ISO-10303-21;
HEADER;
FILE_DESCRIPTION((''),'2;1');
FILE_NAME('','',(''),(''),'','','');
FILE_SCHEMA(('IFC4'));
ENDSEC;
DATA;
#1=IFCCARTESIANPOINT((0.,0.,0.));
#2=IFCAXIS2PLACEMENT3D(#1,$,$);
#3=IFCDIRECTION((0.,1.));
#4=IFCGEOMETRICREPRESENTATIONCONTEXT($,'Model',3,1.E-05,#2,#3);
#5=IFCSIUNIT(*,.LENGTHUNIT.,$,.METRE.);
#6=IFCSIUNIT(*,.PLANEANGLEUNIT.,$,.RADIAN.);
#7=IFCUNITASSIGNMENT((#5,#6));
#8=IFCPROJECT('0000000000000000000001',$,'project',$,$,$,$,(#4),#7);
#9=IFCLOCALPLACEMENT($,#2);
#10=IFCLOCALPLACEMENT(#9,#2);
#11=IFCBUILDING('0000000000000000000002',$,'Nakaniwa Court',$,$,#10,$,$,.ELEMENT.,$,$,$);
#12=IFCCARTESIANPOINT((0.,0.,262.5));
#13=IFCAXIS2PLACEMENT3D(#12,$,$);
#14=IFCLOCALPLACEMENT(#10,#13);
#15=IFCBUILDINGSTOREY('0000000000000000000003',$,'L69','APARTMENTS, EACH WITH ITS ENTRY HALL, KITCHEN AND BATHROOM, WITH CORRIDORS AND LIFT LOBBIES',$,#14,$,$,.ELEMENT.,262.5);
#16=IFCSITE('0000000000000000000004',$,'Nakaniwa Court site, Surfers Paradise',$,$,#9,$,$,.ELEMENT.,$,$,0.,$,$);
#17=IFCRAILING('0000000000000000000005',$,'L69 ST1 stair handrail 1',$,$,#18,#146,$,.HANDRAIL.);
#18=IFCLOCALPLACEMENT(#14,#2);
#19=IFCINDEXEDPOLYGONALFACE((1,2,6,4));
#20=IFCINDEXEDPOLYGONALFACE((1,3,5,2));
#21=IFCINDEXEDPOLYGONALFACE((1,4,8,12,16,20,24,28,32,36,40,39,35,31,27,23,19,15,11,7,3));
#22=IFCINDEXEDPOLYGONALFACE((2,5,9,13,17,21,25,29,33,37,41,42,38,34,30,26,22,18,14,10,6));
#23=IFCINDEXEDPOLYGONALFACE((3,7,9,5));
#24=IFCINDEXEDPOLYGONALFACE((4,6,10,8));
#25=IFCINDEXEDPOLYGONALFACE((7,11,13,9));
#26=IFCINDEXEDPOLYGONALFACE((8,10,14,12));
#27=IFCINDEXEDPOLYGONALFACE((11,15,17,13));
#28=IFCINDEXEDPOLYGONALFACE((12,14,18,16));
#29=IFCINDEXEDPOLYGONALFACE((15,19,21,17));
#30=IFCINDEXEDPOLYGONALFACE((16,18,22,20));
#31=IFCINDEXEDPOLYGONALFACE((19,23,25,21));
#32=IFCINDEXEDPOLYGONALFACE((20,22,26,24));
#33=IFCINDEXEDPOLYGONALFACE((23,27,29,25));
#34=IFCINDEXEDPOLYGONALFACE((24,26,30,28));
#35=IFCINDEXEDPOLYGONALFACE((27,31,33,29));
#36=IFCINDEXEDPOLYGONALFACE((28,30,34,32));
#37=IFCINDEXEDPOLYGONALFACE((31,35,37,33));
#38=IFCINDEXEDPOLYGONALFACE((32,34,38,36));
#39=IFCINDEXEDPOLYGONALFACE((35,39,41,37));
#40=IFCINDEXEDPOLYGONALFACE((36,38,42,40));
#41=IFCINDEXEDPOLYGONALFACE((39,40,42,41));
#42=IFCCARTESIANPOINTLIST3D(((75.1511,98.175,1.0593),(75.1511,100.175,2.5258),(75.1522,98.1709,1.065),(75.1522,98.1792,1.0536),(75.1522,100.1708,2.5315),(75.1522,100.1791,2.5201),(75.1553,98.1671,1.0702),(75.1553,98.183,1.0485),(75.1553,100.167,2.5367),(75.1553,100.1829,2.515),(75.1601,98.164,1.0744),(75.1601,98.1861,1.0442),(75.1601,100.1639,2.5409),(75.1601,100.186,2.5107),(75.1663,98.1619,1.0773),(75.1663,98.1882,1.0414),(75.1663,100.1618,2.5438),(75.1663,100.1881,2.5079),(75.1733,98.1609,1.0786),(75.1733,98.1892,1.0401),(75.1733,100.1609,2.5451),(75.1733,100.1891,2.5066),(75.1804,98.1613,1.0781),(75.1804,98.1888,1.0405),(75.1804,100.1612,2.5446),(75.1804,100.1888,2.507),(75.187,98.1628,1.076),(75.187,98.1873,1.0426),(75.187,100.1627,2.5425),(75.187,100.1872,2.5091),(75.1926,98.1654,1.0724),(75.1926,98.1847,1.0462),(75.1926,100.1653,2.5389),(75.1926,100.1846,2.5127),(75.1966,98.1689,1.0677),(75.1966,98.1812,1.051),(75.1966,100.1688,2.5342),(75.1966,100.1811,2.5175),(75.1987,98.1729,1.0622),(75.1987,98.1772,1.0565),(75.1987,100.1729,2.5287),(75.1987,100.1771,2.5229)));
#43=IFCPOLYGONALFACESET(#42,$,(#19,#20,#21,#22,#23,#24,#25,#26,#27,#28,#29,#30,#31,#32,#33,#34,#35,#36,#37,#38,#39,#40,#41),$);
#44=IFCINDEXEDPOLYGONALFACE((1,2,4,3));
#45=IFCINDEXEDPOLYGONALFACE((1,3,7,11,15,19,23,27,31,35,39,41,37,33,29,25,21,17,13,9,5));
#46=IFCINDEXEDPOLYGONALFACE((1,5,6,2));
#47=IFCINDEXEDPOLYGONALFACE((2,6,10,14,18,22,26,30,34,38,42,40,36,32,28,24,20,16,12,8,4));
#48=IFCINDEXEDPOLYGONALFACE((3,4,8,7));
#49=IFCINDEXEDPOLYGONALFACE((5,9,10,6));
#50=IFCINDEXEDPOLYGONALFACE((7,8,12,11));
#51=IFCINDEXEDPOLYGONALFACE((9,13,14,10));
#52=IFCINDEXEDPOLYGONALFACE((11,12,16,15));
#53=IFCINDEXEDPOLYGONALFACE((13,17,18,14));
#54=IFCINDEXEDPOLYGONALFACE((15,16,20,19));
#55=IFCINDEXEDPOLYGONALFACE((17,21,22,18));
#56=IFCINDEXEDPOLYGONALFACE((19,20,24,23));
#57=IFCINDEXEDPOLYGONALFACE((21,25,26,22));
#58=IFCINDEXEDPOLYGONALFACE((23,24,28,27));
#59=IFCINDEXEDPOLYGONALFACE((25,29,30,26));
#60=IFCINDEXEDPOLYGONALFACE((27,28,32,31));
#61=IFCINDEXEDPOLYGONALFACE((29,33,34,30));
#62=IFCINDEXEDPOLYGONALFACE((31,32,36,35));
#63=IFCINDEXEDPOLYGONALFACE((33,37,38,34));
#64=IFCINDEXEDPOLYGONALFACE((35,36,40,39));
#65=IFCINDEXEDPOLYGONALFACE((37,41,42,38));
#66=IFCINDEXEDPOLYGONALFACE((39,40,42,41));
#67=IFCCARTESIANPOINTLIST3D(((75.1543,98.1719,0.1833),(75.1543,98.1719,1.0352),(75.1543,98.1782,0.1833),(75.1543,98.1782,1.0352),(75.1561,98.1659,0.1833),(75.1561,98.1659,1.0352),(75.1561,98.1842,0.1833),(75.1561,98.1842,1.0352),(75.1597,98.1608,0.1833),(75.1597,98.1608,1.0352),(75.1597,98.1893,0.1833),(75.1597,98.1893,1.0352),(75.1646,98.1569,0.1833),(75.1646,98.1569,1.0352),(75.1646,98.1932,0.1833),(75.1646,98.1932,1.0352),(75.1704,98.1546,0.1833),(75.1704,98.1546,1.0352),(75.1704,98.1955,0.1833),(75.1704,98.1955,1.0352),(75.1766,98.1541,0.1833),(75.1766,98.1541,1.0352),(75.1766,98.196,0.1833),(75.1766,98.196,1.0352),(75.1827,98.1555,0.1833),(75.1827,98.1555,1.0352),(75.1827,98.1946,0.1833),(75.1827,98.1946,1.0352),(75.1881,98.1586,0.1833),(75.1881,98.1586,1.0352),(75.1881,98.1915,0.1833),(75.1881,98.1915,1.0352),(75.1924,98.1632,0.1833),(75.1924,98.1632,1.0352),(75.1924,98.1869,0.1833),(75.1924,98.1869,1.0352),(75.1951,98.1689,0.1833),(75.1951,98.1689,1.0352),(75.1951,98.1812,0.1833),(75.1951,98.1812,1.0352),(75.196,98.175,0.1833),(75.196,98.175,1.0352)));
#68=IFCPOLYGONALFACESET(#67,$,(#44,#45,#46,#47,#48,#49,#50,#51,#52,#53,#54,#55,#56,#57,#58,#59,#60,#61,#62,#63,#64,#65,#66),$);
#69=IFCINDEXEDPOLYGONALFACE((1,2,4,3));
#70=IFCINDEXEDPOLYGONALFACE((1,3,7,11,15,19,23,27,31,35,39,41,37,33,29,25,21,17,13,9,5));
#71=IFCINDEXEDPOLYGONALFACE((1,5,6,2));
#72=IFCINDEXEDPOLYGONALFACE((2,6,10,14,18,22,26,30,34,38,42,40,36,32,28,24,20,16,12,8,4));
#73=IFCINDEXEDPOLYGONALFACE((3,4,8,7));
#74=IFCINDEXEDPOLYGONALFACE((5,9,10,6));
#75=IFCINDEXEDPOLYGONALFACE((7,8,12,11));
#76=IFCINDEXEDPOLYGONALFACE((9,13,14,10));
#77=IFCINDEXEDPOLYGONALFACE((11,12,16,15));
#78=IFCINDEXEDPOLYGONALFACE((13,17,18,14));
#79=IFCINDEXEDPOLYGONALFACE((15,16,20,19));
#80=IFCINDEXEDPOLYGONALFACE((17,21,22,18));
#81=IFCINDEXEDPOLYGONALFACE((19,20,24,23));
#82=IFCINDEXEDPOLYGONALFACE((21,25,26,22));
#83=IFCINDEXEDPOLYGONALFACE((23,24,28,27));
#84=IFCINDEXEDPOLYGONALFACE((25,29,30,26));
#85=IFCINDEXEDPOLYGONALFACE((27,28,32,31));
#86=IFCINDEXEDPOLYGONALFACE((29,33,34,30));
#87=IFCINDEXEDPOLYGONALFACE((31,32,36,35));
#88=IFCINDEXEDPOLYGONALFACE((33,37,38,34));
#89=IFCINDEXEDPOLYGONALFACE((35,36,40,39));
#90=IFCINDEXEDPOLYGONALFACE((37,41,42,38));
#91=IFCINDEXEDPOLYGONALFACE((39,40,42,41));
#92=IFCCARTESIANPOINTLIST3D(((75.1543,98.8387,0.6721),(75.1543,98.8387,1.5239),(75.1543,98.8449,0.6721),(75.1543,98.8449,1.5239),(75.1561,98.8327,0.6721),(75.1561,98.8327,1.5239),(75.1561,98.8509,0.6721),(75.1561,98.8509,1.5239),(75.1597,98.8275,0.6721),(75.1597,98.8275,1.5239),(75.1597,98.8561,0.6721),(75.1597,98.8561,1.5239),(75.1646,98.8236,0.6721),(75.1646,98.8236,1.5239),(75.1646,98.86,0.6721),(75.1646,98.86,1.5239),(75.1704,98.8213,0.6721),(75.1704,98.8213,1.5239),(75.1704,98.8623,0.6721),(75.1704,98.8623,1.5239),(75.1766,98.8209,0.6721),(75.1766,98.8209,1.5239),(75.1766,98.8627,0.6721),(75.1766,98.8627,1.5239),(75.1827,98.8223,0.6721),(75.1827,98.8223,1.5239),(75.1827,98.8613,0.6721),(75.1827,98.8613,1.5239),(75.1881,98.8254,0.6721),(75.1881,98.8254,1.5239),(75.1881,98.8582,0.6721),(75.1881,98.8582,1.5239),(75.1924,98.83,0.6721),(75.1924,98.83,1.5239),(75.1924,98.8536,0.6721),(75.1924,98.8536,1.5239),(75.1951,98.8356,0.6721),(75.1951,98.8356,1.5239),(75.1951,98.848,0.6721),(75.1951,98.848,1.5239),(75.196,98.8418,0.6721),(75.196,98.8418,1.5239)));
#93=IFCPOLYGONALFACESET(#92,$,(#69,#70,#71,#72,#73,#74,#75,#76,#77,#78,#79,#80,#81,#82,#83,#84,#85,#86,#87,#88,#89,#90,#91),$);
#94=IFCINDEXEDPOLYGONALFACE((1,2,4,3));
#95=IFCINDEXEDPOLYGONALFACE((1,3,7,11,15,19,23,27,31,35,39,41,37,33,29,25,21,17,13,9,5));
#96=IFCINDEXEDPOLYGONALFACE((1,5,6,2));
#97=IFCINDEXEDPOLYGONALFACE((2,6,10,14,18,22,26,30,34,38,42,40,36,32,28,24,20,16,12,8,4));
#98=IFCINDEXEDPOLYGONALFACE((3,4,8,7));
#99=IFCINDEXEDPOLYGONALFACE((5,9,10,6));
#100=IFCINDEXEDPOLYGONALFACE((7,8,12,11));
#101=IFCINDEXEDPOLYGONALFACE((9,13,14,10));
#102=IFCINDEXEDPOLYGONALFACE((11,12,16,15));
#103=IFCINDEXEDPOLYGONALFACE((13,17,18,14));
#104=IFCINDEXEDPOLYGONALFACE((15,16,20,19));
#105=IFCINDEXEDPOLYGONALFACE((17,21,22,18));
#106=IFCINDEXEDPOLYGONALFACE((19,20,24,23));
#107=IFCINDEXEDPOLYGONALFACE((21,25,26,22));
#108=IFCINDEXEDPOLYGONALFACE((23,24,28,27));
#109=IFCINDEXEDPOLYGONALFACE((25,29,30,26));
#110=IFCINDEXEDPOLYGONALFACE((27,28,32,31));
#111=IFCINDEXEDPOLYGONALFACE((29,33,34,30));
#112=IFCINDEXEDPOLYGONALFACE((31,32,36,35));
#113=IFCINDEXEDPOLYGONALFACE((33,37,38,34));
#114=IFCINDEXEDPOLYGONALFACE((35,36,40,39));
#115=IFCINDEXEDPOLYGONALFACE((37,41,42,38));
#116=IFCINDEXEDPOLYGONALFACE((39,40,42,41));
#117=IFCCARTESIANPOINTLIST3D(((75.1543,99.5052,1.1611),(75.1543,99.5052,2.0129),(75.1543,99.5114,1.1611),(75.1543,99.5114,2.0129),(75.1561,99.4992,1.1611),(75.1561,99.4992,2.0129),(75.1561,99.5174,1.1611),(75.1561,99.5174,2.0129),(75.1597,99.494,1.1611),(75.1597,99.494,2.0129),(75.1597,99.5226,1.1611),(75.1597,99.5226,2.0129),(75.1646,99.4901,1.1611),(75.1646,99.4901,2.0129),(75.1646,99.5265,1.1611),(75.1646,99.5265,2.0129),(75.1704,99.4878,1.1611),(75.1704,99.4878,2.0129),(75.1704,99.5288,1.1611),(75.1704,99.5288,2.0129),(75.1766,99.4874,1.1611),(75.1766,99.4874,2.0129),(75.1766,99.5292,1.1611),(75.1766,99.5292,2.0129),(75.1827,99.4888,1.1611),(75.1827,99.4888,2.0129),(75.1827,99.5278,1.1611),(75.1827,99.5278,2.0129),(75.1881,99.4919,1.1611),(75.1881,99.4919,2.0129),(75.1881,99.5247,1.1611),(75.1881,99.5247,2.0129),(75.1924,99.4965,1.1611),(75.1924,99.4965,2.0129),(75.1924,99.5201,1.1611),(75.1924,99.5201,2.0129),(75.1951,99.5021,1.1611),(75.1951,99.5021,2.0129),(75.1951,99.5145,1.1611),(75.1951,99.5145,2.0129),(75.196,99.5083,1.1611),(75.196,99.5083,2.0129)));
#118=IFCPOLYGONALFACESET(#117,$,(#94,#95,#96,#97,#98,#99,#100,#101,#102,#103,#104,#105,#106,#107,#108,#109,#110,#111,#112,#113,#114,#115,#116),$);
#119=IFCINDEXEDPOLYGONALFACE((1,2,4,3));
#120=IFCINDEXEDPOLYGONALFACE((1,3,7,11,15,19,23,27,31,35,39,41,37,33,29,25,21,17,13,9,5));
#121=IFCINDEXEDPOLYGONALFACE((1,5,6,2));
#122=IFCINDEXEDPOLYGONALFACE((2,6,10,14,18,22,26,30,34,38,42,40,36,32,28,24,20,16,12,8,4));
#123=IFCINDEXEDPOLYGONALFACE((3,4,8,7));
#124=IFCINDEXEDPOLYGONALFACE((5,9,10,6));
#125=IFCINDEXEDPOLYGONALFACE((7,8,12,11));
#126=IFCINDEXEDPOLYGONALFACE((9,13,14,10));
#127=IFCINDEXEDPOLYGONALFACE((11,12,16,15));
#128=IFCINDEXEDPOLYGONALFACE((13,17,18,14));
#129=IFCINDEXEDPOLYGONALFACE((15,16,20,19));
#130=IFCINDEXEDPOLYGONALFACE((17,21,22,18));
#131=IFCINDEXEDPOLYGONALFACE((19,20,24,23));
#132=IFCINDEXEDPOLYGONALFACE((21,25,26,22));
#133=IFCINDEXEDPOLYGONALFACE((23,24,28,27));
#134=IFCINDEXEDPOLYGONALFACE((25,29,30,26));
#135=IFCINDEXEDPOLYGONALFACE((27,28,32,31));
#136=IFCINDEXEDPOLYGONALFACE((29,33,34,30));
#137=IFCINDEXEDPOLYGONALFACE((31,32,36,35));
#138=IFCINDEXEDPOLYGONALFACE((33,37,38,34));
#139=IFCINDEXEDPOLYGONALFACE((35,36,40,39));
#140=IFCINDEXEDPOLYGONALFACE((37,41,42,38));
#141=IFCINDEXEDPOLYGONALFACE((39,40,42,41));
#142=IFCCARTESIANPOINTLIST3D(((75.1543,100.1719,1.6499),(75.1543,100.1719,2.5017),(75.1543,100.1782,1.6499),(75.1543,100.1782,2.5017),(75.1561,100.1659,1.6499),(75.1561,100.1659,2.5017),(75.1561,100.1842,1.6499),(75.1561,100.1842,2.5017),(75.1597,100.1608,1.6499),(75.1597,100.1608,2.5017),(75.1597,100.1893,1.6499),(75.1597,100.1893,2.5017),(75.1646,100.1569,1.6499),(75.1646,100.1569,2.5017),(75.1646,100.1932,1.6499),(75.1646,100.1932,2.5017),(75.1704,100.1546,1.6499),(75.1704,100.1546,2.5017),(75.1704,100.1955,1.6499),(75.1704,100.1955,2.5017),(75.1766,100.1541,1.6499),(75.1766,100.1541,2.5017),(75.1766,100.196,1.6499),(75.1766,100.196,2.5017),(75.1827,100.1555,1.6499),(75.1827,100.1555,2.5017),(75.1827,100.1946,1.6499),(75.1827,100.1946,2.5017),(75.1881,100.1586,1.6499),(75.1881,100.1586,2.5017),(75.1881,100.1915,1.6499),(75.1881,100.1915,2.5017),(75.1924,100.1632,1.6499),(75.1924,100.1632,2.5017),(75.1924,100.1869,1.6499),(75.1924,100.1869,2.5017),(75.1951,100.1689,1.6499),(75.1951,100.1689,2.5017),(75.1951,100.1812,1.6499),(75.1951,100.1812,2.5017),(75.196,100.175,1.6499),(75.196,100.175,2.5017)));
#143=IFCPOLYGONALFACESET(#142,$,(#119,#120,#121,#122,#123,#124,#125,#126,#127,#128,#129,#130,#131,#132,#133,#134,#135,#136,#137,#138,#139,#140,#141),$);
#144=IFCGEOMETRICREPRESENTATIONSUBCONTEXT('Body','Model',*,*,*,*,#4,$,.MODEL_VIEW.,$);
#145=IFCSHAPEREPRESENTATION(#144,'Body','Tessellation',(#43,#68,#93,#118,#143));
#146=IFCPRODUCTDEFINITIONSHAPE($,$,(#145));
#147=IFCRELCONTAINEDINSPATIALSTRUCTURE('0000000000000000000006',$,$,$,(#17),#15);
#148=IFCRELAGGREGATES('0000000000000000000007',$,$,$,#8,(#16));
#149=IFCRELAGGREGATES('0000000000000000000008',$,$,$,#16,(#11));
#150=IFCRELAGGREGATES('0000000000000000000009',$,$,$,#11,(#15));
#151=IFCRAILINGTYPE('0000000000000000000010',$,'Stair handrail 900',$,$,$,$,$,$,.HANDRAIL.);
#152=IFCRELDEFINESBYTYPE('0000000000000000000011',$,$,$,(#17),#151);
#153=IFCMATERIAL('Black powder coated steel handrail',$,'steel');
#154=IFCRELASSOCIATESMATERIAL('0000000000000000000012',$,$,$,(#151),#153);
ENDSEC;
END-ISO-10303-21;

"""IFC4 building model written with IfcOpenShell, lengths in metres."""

from ifc_helpers import new_model, si_unit, direction, frame, origin, origin_2d, place, context, subcontext, project, spatial, circle, extrude, material, type_object, element, save


model = new_model("IFC4")

# Units and contexts
model_context = context("Model", 3, precision=1e-05, world=origin(), true_north=direction((0.0, 1.0)))
body_context = subcontext(model_context, "Body", "Model", "MODEL_VIEW")
ifc_project = project(units=[si_unit("LENGTHUNIT", "METRE"), si_unit("PLANEANGLEUNIT", "RADIAN")], contexts=[model_context])

# Site, building, storey
site_placement = place(None, origin())
site = spatial("IfcSite", under=ifc_project, at=site_placement, Name="Nakaniwa Court site, Surfers Paradise", CompositionType="ELEMENT", RefElevation=0.0)
building_placement = place(site_placement, origin())
building = spatial("IfcBuilding", under=site, at=building_placement, Name="Nakaniwa Court", CompositionType="ELEMENT")
storey_placement = place(building_placement, frame((0.0, 0.0, 262.5)))
storey = spatial("IfcBuildingStorey", under=building, at=storey_placement, Name="L69", Description="APARTMENTS, EACH WITH ITS ENTRY HALL, KITCHEN AND BATHROOM, WITH CORRIDORS AND LIFT LOBBIES", CompositionType="ELEMENT", Elevation=262.5)

# Railing
ifc_material_1 = material(Name="Black powder coated steel handrail", Category="steel")
railing_type_1 = type_object("IfcRailingType", Name="Stair handrail 900", PredefinedType="HANDRAIL", material=ifc_material_1)
railing_1_placement = place(storey_placement, frame((75.175, 98.175, 0.1833)))
element("IfcRailing", 1, at=railing_1_placement, inside=storey, type_object=railing_type_1, Name="L69 ST1 stair handrail 1", PredefinedType="HANDRAIL", context=body_context, shape_type="SweptSolid", body=[
    extrude(circle(Radius=0.0239, at=origin_2d()), frame((0.0, 0.0, 0.876), z_axis=(0.0, 0.806427, 0.591334), x_axis=(-1.0, 0.0, 0.0)), (0.0, 0.0, 1.0), 2.48),
    extrude(circle(Radius=0.021, at=origin_2d()), origin(), (0.0, 0.0, 1.0), 0.8518),
    extrude(circle(Radius=0.021, at=origin_2d()), frame((0.0, 0.6667, 0.4888)), (0.0, 0.0, 1.0), 0.8518),
    extrude(circle(Radius=0.021, at=origin_2d()), frame((0.0, 1.3333, 0.9778)), (0.0, 0.0, 1.0), 0.8518),
    extrude(circle(Radius=0.021, at=origin_2d()), frame((0.0, 2.0, 1.4666)), (0.0, 0.0, 1.0), 0.8518),
])

save(model, "model.ifc")
